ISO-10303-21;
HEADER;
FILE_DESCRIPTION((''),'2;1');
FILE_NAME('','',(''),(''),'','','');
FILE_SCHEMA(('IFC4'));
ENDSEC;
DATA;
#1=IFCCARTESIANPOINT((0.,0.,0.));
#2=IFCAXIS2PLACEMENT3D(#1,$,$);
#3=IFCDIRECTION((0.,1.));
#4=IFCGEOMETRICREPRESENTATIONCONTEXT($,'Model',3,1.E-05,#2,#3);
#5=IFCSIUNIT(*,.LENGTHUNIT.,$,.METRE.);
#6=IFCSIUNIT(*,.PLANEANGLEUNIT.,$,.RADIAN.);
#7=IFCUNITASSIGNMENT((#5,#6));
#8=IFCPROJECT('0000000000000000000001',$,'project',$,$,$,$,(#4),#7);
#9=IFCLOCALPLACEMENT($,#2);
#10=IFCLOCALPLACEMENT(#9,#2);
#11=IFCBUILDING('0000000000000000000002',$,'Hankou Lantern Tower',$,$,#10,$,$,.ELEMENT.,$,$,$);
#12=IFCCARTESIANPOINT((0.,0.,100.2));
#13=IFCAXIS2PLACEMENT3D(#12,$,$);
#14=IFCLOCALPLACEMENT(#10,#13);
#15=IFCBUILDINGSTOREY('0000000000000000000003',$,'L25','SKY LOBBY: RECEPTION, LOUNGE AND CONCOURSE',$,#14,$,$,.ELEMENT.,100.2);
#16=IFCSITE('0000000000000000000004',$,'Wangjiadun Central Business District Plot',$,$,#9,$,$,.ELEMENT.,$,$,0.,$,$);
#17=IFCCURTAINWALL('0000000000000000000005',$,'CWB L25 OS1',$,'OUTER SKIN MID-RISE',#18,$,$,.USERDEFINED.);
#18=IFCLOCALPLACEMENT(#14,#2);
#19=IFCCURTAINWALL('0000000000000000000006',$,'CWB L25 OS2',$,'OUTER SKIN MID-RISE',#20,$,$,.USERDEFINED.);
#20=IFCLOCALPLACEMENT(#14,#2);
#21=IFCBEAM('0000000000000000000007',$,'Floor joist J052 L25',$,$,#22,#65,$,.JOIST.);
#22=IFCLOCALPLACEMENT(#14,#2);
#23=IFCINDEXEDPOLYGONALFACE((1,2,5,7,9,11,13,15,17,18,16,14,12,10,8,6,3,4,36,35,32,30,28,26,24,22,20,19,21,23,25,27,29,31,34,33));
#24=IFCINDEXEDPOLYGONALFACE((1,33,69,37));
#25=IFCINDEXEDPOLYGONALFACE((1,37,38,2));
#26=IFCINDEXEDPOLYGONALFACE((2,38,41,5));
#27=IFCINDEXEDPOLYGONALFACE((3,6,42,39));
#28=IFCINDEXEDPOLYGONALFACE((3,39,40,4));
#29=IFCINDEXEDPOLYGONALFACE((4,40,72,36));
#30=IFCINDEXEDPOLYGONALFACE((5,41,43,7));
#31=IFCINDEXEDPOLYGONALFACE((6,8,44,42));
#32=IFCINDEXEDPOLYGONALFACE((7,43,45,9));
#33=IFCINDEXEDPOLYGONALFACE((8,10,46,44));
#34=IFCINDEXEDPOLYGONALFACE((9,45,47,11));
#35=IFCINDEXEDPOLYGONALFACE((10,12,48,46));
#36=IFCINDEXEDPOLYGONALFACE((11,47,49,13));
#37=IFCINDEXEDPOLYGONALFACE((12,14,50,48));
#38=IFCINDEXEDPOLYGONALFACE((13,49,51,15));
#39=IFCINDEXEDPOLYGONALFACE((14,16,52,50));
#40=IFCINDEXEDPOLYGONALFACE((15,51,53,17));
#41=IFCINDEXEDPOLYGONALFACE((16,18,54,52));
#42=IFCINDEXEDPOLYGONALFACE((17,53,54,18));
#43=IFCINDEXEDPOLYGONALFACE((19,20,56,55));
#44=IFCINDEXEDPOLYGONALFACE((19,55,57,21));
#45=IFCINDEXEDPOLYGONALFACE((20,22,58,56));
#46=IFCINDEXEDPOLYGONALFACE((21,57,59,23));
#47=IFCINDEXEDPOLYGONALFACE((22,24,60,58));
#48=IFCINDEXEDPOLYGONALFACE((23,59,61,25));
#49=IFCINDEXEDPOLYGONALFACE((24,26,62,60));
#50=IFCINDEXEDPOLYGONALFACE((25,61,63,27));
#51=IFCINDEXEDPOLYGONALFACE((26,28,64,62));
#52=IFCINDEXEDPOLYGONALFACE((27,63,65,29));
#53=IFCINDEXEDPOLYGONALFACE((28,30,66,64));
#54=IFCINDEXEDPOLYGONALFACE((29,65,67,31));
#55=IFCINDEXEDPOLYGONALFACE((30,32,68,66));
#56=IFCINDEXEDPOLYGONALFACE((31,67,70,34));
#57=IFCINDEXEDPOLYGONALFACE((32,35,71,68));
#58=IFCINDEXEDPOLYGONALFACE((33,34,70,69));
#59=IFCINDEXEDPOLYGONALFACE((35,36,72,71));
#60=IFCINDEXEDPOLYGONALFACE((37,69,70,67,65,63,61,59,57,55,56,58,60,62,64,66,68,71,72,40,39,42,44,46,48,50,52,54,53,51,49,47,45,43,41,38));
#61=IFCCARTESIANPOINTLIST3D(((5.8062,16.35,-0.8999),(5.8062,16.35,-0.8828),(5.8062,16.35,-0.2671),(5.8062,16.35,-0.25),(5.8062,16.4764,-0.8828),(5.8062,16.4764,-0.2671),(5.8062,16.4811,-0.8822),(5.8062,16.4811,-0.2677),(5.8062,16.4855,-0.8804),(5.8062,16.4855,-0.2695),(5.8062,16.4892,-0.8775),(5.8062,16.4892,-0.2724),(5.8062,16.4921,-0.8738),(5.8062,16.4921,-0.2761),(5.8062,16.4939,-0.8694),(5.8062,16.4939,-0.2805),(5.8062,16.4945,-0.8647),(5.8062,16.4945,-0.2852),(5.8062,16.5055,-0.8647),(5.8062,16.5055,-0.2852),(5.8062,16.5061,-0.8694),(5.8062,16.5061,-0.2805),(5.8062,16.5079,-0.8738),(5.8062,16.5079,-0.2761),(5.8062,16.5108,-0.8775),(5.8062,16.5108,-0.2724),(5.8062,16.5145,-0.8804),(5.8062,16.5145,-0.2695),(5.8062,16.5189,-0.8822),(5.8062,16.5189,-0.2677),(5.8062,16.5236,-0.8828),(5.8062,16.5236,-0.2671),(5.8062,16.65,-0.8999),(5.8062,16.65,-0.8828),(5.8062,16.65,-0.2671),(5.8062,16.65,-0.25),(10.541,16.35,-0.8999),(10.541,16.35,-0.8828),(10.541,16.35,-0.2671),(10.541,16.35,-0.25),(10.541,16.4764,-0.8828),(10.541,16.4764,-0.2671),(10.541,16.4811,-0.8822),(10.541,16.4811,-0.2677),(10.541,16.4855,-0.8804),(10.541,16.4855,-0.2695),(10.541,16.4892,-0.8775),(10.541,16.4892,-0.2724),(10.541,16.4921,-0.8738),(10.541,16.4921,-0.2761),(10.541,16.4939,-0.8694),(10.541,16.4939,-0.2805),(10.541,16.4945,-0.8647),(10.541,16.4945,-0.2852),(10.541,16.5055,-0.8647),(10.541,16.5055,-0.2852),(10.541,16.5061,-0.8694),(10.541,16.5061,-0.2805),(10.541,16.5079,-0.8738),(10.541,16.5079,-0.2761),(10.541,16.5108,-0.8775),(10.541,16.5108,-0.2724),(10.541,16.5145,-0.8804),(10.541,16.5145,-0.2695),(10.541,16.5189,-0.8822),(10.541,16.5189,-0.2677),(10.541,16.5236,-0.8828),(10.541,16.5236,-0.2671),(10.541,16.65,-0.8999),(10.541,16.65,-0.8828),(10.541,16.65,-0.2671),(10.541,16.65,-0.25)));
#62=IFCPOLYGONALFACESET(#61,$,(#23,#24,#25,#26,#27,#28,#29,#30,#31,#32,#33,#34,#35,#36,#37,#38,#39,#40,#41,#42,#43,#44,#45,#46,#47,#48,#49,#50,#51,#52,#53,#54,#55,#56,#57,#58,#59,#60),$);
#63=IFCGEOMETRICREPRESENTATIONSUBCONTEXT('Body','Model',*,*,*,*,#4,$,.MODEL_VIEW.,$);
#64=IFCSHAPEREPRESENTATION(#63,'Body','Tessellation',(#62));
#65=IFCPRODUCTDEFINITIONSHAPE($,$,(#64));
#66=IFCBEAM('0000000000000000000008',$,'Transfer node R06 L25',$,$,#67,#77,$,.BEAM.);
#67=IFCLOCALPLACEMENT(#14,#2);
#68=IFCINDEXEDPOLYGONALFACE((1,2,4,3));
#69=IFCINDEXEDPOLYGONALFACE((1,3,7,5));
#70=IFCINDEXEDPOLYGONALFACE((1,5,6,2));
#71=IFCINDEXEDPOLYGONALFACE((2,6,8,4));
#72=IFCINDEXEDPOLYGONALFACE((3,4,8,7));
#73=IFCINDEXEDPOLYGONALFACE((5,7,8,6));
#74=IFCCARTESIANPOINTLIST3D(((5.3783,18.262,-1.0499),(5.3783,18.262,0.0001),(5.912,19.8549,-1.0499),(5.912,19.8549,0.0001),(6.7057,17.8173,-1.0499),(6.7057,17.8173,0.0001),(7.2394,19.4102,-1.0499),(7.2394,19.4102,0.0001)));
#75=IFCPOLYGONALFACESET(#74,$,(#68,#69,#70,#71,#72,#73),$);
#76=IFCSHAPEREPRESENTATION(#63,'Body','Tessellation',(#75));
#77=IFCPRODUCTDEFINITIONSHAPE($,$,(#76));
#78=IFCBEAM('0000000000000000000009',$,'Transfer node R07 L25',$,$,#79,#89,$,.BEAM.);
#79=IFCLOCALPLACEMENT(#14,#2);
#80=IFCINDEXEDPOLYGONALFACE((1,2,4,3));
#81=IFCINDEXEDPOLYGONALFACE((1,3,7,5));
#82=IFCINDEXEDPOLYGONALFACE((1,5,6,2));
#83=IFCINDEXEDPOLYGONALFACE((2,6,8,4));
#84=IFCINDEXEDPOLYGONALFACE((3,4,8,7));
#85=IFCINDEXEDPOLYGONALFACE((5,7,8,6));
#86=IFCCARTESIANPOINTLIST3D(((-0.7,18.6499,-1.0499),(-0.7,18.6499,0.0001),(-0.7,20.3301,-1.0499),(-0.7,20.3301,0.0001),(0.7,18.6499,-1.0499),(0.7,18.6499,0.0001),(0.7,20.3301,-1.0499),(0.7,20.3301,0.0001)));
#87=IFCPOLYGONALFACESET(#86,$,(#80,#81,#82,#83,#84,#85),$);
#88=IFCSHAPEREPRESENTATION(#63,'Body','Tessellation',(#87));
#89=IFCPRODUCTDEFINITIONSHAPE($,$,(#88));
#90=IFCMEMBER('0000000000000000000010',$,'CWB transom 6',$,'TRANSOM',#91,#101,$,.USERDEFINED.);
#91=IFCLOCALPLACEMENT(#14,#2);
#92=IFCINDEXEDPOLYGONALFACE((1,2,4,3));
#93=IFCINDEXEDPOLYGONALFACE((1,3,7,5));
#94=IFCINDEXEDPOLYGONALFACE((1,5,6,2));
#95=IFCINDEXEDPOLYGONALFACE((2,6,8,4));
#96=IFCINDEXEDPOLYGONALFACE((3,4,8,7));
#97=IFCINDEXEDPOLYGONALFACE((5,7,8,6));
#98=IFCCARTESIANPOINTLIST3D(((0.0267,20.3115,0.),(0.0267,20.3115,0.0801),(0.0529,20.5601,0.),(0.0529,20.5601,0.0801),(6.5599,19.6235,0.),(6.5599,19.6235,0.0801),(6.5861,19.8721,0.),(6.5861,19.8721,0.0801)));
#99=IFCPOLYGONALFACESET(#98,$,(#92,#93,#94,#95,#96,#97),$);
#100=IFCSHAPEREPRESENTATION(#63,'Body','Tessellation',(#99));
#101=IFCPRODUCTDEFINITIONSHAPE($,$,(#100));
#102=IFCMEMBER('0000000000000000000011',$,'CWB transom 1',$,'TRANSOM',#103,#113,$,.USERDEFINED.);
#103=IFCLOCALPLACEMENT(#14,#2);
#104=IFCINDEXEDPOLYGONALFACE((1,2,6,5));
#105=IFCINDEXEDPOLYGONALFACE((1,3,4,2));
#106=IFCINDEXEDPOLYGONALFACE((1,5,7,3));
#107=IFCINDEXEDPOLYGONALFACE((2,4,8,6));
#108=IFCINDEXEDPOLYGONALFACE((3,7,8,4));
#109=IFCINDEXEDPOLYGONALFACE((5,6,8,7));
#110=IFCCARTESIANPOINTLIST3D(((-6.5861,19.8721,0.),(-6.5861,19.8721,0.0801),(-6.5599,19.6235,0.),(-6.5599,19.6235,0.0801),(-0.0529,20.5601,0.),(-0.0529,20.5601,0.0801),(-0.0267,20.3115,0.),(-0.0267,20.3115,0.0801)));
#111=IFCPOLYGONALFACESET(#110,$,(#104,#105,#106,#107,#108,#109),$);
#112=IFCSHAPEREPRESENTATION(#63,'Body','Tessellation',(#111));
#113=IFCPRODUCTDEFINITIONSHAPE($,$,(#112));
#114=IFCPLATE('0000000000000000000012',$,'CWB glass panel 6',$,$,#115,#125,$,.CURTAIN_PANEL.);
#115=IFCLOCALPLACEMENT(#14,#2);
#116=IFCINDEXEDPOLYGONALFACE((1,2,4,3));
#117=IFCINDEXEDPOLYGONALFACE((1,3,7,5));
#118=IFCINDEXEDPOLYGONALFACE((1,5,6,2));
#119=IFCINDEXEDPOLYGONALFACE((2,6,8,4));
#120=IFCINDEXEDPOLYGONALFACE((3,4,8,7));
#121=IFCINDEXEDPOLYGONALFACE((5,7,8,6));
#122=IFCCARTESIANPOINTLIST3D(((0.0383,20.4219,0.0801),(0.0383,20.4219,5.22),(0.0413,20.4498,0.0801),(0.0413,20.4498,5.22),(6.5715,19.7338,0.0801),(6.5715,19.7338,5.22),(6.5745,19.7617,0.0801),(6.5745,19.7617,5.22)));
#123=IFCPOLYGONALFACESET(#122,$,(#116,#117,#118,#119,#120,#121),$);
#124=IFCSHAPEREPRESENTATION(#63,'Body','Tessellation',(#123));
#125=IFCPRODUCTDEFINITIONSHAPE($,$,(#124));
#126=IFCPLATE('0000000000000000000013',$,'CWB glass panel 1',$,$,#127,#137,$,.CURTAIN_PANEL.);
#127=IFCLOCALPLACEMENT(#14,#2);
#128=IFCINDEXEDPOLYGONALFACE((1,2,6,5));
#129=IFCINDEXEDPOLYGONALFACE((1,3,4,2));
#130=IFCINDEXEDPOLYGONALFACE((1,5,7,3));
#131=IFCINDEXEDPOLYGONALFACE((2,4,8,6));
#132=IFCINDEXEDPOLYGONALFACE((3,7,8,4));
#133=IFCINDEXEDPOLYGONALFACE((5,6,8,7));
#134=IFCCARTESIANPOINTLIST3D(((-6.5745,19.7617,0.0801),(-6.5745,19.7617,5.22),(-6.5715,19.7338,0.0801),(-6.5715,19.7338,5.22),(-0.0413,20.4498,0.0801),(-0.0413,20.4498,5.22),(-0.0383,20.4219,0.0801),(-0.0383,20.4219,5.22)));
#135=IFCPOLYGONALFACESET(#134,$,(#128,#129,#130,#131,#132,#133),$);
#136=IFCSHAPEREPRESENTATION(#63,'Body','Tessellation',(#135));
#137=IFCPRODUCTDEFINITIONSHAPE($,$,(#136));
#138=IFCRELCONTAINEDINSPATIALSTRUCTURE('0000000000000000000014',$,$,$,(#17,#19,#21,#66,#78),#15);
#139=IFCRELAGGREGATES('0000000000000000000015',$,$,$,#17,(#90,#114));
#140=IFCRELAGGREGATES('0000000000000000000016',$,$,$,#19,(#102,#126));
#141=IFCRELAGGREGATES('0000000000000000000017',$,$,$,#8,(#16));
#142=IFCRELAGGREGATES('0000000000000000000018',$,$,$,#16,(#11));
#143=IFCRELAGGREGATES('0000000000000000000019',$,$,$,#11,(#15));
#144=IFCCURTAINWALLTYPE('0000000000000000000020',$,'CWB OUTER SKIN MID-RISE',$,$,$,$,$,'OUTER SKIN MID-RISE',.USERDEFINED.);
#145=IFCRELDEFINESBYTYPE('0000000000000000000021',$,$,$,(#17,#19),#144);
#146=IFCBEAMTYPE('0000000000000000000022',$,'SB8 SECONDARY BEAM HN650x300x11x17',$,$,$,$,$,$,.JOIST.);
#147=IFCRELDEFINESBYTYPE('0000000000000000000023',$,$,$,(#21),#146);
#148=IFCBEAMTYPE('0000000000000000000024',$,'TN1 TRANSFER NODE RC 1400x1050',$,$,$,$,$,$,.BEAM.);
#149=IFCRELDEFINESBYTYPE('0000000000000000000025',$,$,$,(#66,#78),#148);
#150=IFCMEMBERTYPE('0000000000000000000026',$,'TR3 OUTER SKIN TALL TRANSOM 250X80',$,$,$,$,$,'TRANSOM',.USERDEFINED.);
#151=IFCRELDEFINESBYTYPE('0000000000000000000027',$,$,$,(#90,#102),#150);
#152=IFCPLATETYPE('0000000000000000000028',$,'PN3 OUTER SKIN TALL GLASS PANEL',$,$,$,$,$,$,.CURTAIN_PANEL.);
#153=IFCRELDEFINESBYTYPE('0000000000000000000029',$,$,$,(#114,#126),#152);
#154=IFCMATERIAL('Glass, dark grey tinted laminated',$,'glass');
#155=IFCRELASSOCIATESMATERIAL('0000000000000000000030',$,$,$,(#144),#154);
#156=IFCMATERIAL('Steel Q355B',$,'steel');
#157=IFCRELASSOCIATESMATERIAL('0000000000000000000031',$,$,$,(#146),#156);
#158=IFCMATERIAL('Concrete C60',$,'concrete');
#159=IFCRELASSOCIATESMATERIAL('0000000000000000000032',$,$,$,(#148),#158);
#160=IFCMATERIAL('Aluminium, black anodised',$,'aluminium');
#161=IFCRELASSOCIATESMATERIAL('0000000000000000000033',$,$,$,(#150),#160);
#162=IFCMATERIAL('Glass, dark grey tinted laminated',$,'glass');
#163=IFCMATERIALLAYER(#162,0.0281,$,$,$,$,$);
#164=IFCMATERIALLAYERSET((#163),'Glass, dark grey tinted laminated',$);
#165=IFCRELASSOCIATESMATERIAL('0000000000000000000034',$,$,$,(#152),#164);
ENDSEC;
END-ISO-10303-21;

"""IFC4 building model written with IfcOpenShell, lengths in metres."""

from ifc_helpers import new_model, si_unit, direction, frame, origin, origin_2d, place, context, subcontext, project, spatial, rectangle, i_section, extrude, material, layer, layer_set, material_profile, profile_set, type_object, element, aggregate, save


model = new_model("IFC4")

# Units and contexts
model_context = context("Model", 3, precision=1e-05, world=origin(), true_north=direction((0.0, 1.0)))
body_context = subcontext(model_context, "Body", "Model", "MODEL_VIEW")
ifc_project = project(units=[si_unit("LENGTHUNIT", "METRE"), si_unit("PLANEANGLEUNIT", "RADIAN")], contexts=[model_context])

# Site, building, storey
site_placement = place(None, origin())
site = spatial("IfcSite", under=ifc_project, at=site_placement, Name="Wangjiadun Central Business District Plot", CompositionType="ELEMENT", RefElevation=0.0)
building_placement = place(site_placement, origin())
building = spatial("IfcBuilding", under=site, at=building_placement, Name="Hankou Lantern Tower", CompositionType="ELEMENT")
storey_placement = place(building_placement, frame((0.0, 0.0, 100.2)))
storey = spatial("IfcBuildingStorey", under=building, at=storey_placement, Name="L25", Description="SKY LOBBY: RECEPTION, LOUNGE AND CONCOURSE", CompositionType="ELEMENT", Elevation=100.2)

# Curtain walls
ifc_material_1 = material(Name="Glass, dark grey tinted laminated", Category="glass")
curtain_wall_type = type_object("IfcCurtainWallType", Name="CWB OUTER SKIN MID-RISE", ElementType="OUTER SKIN MID-RISE", PredefinedType="USERDEFINED", material=ifc_material_1)
curtain_wall_1_placement = place(storey_placement, origin())
curtain_wall_1 = element("IfcCurtainWall", 1, at=curtain_wall_1_placement, inside=storey, type_object=curtain_wall_type, Name="CWB L25 OS1", ObjectType="OUTER SKIN MID-RISE", PredefinedType="USERDEFINED")
curtain_wall_2_placement = place(storey_placement, origin())
curtain_wall_2 = element("IfcCurtainWall", 2, at=curtain_wall_2_placement, inside=storey, type_object=curtain_wall_type, Name="CWB L25 OS2", ObjectType="OUTER SKIN MID-RISE", PredefinedType="USERDEFINED")

# Beams
ifc_material_2 = material(Name="Steel Q355B", Category="steel")
ifc_material_profile_1 = material_profile(ifc_material_2, i_section(OverallWidth=0.3, OverallDepth=0.6499, WebThickness=0.011, FlangeThickness=0.0171, FilletRadius=0.0181, at=origin_2d()), Name="HN650x300x11x17")
ifc_profile_set_1 = profile_set([ifc_material_profile_1], Name="Steel Q355B")
beam_type_1 = type_object("IfcBeamType", Name="SB8 SECONDARY BEAM HN650x300x11x17", PredefinedType="JOIST", material=ifc_profile_set_1)
beam_1_placement = place(storey_placement, frame((5.8062, 16.5, -0.575), z_axis=(1.0, 0.0, 0.0), x_axis=(0.0, 1.0, 0.0)))
element("IfcBeam", 3, at=beam_1_placement, inside=storey, type_object=beam_type_1, Name="Floor joist J052 L25", PredefinedType="JOIST", context=body_context, shape_type="SweptSolid", body=[
    extrude(i_section(OverallWidth=0.3, OverallDepth=0.6499, WebThickness=0.011, FlangeThickness=0.0171, FilletRadius=0.0181, at=origin_2d()), origin(), (0.0, 0.0, 1.0), 4.7349),
])
ifc_material_3 = material(Name="Concrete C60", Category="concrete")
ifc_material_profile_2 = material_profile(ifc_material_3, rectangle(XDim=1.3999, YDim=1.05, at=origin_2d()), Name="RC 1400x1050")
ifc_profile_set_2 = profile_set([ifc_material_profile_2], Name="Concrete C60")
beam_type_2 = type_object("IfcBeamType", Name="TN1 TRANSFER NODE RC 1400x1050", PredefinedType="BEAM", material=ifc_profile_set_2)
beam_2_placement = place(storey_placement, frame((6.5757, 19.6326, -0.5249), z_axis=(-0.317666, -0.948203, 0.0), x_axis=(0.948203, -0.317666, 0.0)))
element("IfcBeam", 4, at=beam_2_placement, inside=storey, type_object=beam_type_2, Name="Transfer node R06 L25", PredefinedType="BEAM", context=body_context, shape_type="SweptSolid", body=[
    extrude(rectangle(XDim=1.3999, YDim=1.05, at=origin_2d()), origin(), (0.0, 0.0, 1.0), 1.6799),
])
beam_3_placement = place(storey_placement, frame((0.0, 20.3301, -0.5249), z_axis=(0.0, -1.0, 0.0), x_axis=(1.0, 0.0, 0.0)))
element("IfcBeam", 5, at=beam_3_placement, inside=storey, type_object=beam_type_2, Name="Transfer node R07 L25", PredefinedType="BEAM", context=body_context, shape_type="SweptSolid", body=[
    extrude(rectangle(XDim=1.3999, YDim=1.05, at=origin_2d()), origin(), (0.0, 0.0, 1.0), 1.6802),
])

# Members
ifc_material_4 = material(Name="Aluminium, black anodised", Category="aluminium")
ifc_material_profile_3 = material_profile(ifc_material_4, rectangle(XDim=0.25, YDim=0.0801, at=origin_2d()), Name="TR3 250X80")
ifc_profile_set_3 = profile_set([ifc_material_profile_3], Name="Aluminium, black anodised")
member_type_1 = type_object("IfcMemberType", Name="TR3 OUTER SKIN TALL TRANSOM 250X80", ElementType="TRANSOM", PredefinedType="USERDEFINED", material=ifc_profile_set_3)
member_1_placement = place(storey_placement, frame((6.573, 19.7478, 0.04), z_axis=(-0.994501, 0.104727, 0.0), x_axis=(-0.104727, -0.994501, 0.0)))
member_1 = element("IfcMember", 6, at=member_1_placement, type_object=member_type_1, Name="CWB transom 6", ObjectType="TRANSOM", PredefinedType="USERDEFINED", context=body_context, shape_type="SweptSolid", body=[
    extrude(rectangle(XDim=0.25, YDim=0.0801, at=origin_2d()), origin(), (0.0, 0.0, 1.0), 6.5693),
])
member_2_placement = place(storey_placement, frame((-0.0398, 20.4358, 0.04), z_axis=(-0.994501, -0.104727, 0.0), x_axis=(0.104727, -0.994501, 0.0)))
member_2 = element("IfcMember", 7, at=member_2_placement, type_object=member_type_1, Name="CWB transom 1", ObjectType="TRANSOM", PredefinedType="USERDEFINED", context=body_context, shape_type="SweptSolid", body=[
    extrude(rectangle(XDim=0.25, YDim=0.0801, at=origin_2d()), origin(), (0.0, 0.0, 1.0), 6.5693),
])

# Plates
ifc_material_5 = material(Name="Glass, dark grey tinted laminated", Category="glass")
ifc_layer_1 = layer(ifc_material_5, 0.0281)
ifc_layer_set_1 = layer_set([ifc_layer_1], Name="Glass, dark grey tinted laminated")
plate_type = type_object("IfcPlateType", Name="PN3 OUTER SKIN TALL GLASS PANEL", PredefinedType="CURTAIN_PANEL", material=ifc_layer_set_1)
plate_1_placement = place(storey_placement, frame((3.3064, 20.0918, 0.0801), z_axis=(0.0, 0.0, 1.0), x_axis=(-0.994499, 0.104743, 0.0)))
plate_1 = element("IfcPlate", 8, at=plate_1_placement, type_object=plate_type, Name="CWB glass panel 6", PredefinedType="CURTAIN_PANEL", context=body_context, shape_type="SweptSolid", body=[
    extrude(rectangle(XDim=6.5693, YDim=0.0281, at=origin_2d()), origin(), (0.0, 0.0, 1.0), 5.1399),
])
aggregate(curtain_wall_1, [member_1, plate_1])
plate_2_placement = place(storey_placement, frame((-3.3064, 20.0918, 0.0801), z_axis=(0.0, 0.0, 1.0), x_axis=(-0.994499, -0.104743, 0.0)))
plate_2 = element("IfcPlate", 9, at=plate_2_placement, type_object=plate_type, Name="CWB glass panel 1", PredefinedType="CURTAIN_PANEL", context=body_context, shape_type="SweptSolid", body=[
    extrude(rectangle(XDim=6.5693, YDim=0.0281, at=origin_2d()), origin(), (0.0, 0.0, 1.0), 5.1399),
])
aggregate(curtain_wall_2, [member_2, plate_2])

save(model, "model.ifc")
